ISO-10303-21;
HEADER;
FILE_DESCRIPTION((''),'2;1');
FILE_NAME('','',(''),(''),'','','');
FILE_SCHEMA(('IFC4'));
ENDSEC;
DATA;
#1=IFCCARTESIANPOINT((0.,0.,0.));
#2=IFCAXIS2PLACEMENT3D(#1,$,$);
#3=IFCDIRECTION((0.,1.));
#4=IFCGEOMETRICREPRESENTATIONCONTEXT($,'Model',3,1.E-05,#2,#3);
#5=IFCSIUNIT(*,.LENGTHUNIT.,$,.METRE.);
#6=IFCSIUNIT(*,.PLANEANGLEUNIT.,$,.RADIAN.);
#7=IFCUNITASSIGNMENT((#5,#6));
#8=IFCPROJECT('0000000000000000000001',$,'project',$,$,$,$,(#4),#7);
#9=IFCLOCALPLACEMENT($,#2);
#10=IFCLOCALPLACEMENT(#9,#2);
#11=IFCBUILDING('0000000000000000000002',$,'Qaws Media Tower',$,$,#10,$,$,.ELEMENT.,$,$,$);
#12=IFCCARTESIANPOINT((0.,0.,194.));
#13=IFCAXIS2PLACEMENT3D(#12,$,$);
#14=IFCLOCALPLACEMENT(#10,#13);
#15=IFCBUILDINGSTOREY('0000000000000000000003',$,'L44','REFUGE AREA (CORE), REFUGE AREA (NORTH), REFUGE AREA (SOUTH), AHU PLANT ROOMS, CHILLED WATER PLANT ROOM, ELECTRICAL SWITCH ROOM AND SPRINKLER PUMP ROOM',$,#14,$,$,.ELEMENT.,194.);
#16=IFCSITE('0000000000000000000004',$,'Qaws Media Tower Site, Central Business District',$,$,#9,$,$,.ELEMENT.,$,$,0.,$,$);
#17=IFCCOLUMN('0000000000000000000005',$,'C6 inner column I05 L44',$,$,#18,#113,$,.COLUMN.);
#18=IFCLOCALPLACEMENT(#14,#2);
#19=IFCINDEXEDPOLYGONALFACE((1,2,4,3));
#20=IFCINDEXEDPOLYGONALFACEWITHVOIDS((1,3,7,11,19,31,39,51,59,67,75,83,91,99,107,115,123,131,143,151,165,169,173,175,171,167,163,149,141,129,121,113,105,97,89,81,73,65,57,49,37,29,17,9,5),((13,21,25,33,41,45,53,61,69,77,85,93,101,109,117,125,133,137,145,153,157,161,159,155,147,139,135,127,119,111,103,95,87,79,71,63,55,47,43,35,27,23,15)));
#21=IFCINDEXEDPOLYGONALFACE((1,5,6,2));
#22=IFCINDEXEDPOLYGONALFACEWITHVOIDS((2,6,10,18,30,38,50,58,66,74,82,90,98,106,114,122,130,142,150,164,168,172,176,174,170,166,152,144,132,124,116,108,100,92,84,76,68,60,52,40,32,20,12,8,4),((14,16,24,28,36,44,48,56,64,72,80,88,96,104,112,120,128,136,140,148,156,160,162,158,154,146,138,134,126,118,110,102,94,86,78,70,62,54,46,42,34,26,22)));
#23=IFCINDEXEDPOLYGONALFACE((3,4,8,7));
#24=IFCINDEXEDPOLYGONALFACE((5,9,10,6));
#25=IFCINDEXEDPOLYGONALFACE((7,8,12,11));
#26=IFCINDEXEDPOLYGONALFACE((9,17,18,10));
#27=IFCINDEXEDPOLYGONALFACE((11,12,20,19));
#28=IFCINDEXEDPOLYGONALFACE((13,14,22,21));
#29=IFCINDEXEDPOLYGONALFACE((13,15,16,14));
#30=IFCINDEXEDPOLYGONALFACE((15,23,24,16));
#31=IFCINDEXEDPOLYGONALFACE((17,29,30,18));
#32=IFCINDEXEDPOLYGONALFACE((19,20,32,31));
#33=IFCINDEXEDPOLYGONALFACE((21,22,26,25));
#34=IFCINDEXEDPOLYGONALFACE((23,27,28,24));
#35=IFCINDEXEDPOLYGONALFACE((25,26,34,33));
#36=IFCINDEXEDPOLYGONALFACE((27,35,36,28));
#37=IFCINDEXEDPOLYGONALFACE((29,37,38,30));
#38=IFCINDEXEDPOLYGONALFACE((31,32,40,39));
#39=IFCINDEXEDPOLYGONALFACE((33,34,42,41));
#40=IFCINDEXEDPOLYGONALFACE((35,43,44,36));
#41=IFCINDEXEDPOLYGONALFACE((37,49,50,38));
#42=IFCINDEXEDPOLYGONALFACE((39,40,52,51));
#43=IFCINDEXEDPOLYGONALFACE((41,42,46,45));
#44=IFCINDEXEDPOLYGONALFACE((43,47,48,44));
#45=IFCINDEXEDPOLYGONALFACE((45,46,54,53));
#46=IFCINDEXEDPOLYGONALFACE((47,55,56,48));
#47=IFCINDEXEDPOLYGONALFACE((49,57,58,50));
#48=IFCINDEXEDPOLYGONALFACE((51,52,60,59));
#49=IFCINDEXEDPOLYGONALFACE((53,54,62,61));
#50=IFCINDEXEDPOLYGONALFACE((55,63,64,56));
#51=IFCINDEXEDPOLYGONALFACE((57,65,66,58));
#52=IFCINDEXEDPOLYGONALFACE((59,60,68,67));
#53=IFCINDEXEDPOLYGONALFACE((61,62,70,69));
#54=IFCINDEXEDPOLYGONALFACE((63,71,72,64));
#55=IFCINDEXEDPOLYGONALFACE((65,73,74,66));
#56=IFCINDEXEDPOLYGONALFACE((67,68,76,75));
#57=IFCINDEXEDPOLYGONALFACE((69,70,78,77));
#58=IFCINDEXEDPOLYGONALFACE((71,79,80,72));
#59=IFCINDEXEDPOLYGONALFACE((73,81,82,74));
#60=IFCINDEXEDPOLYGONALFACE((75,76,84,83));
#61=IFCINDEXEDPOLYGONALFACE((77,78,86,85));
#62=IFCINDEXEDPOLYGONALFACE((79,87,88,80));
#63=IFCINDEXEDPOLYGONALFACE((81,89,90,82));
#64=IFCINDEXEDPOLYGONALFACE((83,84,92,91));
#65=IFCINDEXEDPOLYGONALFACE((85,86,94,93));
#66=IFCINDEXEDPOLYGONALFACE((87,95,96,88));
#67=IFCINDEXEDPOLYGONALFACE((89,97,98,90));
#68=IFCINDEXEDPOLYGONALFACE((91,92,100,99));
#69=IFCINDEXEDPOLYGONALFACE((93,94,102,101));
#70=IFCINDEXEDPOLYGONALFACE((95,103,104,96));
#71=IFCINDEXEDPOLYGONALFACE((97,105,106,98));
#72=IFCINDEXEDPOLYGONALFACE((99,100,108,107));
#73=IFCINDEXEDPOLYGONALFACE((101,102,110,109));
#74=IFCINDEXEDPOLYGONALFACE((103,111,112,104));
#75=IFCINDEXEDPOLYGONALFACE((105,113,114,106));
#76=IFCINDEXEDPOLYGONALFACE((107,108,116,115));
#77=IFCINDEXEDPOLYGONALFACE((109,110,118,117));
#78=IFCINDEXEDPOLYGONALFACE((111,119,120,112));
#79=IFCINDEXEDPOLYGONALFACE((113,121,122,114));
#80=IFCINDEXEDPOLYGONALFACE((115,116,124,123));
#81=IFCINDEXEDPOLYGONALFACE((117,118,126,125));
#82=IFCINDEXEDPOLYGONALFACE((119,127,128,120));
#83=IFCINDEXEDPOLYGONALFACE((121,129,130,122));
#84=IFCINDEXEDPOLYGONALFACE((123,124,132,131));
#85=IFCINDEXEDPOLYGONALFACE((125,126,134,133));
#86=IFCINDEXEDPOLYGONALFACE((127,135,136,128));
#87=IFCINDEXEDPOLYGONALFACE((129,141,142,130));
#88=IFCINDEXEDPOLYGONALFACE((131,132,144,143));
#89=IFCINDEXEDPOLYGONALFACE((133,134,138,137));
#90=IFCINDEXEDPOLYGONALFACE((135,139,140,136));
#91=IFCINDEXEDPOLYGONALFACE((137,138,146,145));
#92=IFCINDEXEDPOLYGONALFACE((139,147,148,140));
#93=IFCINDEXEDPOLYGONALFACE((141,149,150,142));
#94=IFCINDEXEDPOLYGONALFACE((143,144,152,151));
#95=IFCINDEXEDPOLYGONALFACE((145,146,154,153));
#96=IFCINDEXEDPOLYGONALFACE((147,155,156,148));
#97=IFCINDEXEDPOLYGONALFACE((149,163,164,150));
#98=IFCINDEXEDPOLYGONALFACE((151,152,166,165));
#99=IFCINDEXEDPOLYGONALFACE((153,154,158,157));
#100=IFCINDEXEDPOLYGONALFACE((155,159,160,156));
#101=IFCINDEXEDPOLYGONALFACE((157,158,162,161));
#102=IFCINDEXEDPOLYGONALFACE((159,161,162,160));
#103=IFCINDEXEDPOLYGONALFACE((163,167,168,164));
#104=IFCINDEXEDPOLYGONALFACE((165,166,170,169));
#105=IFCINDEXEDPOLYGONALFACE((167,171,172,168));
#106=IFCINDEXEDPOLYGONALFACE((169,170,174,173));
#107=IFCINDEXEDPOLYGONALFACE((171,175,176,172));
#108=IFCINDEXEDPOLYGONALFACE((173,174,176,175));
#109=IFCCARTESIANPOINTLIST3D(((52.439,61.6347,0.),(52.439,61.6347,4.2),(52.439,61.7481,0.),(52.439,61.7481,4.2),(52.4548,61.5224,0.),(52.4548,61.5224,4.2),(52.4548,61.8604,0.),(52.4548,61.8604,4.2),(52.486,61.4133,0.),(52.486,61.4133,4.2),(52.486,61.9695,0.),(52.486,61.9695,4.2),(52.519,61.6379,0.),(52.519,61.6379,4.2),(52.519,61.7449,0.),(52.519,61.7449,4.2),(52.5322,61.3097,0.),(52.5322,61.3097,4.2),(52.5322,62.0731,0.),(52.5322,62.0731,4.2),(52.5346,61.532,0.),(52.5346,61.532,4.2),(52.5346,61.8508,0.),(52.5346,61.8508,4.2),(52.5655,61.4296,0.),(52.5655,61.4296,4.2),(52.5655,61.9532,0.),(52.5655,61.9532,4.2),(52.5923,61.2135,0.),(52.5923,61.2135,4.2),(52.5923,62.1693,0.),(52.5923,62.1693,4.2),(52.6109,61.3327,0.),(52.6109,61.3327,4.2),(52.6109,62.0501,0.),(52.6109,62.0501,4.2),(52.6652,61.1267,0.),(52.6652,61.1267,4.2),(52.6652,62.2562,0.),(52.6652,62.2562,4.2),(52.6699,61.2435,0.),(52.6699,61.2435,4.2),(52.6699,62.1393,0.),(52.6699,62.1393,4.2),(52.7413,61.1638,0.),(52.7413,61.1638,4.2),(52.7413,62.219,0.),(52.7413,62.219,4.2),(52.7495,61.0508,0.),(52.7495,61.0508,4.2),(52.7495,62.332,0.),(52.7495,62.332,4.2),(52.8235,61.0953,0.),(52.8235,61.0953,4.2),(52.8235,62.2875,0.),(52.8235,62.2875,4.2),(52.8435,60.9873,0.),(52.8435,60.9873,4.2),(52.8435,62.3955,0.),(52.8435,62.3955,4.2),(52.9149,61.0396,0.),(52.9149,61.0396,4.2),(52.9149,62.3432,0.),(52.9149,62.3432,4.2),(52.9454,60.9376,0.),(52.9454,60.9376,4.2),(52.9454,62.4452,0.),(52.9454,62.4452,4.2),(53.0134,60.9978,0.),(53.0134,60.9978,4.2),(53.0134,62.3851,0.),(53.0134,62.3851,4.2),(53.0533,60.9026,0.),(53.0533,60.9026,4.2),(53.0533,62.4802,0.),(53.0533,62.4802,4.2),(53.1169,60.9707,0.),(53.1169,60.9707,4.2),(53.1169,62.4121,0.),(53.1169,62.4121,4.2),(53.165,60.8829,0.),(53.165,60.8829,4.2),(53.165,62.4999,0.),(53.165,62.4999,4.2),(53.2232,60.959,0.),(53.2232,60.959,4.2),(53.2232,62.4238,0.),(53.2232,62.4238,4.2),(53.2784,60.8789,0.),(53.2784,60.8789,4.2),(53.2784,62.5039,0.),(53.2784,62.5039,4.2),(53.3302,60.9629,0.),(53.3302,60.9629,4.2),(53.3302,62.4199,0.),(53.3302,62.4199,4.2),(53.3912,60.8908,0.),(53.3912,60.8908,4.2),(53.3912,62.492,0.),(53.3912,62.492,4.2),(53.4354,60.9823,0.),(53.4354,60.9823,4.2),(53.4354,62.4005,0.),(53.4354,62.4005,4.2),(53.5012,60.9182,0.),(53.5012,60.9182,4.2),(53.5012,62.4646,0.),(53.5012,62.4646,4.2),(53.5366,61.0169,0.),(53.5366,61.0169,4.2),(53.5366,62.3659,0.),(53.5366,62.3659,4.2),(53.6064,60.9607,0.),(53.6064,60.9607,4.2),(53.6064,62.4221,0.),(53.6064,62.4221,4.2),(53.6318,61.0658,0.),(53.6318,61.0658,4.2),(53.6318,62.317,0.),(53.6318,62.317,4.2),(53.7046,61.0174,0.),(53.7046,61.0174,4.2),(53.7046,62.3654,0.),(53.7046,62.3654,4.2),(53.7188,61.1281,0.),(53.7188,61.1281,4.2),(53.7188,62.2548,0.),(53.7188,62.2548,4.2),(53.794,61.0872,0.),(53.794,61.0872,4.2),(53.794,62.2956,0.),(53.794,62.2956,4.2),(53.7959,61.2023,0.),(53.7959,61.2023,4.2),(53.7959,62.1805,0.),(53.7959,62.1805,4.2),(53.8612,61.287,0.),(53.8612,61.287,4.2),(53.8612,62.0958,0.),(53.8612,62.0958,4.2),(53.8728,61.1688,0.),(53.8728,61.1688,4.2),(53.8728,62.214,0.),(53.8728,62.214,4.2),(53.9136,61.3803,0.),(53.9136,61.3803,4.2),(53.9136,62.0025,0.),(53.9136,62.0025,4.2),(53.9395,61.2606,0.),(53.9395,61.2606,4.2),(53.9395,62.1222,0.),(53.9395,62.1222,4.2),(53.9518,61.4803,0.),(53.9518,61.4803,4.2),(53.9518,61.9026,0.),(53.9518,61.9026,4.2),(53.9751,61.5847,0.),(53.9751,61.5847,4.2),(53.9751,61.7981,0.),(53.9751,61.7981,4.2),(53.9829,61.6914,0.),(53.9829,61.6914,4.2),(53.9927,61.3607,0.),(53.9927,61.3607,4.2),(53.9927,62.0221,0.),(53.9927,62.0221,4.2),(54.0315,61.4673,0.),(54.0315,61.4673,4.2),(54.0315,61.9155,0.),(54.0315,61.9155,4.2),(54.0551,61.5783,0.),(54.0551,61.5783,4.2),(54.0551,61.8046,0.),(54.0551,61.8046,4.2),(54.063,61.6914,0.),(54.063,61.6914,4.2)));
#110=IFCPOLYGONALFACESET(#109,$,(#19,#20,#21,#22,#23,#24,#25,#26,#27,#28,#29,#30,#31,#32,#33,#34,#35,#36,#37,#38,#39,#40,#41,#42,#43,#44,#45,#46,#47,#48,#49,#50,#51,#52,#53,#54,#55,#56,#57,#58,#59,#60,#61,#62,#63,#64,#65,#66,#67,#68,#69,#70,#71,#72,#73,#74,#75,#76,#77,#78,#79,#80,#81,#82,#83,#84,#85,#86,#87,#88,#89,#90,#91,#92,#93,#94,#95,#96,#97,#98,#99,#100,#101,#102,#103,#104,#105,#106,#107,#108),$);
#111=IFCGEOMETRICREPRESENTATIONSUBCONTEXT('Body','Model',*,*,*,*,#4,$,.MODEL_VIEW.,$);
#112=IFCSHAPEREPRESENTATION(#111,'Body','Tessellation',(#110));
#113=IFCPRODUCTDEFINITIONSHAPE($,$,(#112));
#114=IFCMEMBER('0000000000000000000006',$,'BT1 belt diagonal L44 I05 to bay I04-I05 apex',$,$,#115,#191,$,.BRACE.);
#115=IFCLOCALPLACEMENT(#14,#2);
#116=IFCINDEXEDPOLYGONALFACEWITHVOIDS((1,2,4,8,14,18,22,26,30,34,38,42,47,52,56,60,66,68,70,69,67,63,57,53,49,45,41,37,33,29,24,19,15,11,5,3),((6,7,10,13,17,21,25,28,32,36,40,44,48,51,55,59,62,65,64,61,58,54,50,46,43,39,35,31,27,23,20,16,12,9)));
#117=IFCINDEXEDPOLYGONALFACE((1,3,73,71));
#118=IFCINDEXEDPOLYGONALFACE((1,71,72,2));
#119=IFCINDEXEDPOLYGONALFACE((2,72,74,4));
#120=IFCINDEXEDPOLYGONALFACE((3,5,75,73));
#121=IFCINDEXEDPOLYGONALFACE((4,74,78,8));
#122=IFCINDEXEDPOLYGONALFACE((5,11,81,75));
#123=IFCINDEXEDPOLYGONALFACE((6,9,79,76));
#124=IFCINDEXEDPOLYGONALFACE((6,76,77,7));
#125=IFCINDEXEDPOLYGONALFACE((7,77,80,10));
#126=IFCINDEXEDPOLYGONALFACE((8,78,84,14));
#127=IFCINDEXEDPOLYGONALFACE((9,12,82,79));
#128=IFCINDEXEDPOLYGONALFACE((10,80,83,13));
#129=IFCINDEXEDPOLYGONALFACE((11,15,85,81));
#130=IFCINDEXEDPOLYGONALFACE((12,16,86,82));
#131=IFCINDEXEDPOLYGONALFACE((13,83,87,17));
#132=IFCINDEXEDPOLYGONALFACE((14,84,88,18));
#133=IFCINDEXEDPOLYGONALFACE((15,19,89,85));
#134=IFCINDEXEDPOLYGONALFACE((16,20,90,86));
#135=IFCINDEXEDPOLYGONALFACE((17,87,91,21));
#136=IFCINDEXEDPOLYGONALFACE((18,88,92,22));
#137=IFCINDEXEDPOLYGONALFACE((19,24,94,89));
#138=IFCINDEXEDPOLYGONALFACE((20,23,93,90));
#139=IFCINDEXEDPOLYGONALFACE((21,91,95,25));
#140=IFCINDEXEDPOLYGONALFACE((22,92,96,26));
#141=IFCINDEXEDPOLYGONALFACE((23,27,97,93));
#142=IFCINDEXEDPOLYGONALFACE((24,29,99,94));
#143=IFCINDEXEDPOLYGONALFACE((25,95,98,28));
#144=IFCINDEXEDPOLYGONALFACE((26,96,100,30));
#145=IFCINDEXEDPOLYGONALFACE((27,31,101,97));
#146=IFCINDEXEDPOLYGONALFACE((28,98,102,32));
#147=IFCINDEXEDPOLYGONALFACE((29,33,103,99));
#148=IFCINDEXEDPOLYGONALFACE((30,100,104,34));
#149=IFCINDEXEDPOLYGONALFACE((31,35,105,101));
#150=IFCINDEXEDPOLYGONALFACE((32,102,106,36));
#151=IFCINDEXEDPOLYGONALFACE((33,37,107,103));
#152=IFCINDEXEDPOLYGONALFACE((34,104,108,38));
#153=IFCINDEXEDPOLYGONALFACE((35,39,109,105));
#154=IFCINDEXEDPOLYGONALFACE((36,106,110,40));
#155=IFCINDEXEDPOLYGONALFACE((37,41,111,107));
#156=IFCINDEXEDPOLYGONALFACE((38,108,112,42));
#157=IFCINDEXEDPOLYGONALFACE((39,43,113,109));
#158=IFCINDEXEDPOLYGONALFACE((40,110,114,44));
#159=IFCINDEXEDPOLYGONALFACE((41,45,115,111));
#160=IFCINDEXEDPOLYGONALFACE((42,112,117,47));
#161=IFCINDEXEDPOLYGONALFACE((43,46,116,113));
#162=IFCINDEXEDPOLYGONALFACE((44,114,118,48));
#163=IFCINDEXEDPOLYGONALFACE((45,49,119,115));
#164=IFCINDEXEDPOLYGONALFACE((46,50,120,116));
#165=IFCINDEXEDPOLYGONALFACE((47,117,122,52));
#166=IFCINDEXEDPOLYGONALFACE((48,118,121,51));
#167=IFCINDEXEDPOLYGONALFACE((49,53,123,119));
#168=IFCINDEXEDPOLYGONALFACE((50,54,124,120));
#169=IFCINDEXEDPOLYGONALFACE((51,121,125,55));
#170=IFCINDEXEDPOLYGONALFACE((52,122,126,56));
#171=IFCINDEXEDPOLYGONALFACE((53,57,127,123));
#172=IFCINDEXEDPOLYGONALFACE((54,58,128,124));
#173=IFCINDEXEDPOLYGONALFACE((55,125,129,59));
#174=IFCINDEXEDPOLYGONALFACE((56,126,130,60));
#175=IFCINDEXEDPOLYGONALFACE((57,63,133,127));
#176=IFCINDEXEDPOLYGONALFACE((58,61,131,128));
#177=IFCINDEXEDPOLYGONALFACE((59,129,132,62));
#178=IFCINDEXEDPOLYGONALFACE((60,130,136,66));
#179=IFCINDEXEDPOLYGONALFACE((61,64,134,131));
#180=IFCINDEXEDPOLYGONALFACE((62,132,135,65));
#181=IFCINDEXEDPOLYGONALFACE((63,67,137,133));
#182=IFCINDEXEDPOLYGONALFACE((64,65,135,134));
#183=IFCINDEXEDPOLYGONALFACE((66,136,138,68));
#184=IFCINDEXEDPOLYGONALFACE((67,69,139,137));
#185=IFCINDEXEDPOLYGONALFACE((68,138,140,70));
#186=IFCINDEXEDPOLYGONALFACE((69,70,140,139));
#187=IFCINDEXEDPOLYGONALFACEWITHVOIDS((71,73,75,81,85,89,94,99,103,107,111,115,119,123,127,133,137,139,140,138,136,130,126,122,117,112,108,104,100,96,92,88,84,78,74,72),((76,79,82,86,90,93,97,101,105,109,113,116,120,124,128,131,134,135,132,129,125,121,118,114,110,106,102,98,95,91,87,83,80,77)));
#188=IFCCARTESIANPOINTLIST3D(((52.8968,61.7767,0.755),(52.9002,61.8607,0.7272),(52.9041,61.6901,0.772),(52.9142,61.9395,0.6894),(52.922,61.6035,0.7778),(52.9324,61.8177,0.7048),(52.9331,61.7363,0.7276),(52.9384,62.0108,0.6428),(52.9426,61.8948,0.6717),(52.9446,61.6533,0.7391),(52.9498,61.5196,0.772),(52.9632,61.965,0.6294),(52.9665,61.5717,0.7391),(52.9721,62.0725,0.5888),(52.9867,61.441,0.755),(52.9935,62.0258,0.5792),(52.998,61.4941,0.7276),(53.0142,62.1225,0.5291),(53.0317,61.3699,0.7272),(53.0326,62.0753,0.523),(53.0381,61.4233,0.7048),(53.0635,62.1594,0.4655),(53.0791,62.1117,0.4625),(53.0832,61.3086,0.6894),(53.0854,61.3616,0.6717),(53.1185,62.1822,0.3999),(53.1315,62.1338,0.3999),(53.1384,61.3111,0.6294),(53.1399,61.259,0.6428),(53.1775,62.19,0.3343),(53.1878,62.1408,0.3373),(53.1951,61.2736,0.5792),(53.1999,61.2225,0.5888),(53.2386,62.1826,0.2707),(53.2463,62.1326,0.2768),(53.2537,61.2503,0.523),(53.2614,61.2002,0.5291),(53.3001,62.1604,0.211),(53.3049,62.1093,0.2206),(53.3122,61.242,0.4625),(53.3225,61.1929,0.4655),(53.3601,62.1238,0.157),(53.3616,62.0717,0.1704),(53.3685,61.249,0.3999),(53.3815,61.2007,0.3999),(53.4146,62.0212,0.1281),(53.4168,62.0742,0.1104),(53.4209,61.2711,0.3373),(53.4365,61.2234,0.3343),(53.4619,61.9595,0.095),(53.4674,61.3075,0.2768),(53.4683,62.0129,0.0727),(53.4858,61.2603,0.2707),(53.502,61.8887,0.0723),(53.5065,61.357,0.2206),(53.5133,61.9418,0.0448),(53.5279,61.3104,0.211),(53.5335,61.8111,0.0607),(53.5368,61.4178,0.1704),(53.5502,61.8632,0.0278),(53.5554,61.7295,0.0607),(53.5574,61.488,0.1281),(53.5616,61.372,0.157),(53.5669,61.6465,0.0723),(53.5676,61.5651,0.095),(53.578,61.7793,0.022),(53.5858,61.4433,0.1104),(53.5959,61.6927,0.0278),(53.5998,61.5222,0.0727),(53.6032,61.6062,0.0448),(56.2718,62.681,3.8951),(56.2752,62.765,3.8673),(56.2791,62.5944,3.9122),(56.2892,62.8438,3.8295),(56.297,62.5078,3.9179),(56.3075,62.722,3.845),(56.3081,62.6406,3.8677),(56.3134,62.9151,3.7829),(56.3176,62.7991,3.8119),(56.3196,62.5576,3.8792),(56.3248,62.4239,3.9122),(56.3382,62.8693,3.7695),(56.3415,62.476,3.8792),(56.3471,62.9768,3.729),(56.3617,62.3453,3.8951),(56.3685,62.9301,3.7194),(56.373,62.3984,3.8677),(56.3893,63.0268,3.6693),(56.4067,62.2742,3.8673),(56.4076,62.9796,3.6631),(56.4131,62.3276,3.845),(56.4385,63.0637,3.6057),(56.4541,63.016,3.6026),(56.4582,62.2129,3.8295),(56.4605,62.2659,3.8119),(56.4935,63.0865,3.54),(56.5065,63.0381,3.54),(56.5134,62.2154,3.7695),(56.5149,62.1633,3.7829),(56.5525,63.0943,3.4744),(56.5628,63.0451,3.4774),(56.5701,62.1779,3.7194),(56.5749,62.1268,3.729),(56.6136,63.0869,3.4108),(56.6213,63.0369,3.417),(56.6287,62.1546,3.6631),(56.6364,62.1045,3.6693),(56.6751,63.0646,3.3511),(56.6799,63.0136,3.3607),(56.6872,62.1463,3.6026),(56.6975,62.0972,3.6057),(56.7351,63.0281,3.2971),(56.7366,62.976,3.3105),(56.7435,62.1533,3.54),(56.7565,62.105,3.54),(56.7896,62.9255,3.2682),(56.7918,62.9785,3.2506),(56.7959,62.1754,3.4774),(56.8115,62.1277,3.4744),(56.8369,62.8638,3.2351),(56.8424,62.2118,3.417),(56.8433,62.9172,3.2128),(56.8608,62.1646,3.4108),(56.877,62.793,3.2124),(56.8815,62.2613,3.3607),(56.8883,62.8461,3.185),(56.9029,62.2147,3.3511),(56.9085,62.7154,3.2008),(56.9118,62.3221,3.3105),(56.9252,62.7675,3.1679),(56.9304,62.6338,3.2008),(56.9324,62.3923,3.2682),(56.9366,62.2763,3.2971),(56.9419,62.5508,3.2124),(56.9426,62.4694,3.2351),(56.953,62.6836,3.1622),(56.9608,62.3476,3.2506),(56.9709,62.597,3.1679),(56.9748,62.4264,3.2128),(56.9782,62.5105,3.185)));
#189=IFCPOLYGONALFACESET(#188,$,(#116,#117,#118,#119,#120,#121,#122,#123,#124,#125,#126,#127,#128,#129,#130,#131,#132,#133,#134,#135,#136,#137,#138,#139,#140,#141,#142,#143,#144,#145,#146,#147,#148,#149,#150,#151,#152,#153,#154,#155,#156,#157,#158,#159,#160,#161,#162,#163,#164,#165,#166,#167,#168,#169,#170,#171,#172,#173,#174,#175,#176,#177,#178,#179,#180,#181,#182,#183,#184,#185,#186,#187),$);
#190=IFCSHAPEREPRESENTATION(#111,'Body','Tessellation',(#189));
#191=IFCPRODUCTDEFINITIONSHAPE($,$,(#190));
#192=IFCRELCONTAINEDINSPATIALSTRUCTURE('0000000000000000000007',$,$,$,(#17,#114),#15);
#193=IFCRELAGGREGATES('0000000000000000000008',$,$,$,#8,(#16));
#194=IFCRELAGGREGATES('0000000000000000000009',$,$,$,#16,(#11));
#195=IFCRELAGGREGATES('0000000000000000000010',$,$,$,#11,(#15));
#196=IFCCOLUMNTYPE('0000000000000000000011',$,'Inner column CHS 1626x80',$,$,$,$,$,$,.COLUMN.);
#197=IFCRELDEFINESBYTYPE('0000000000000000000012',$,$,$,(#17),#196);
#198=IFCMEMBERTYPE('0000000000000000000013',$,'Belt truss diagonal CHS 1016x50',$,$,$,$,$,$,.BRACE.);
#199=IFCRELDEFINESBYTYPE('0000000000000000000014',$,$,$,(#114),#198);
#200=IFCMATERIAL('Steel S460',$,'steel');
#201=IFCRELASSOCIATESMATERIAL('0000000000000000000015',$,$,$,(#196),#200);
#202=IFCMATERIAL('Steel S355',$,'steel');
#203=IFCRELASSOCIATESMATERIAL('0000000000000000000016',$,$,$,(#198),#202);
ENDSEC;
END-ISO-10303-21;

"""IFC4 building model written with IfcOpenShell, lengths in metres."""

from ifc_helpers import new_model, si_unit, direction, frame, origin, origin_2d, place, context, subcontext, project, spatial, hollow_circle, extrude, material, material_profile, profile_set, type_object, element, save


model = new_model("IFC4")

# Units and contexts
model_context = context("Model", 3, precision=1e-05, world=origin(), true_north=direction((0.0, 1.0)))
body_context = subcontext(model_context, "Body", "Model", "MODEL_VIEW")
ifc_project = project(units=[si_unit("LENGTHUNIT", "METRE"), si_unit("PLANEANGLEUNIT", "RADIAN")], contexts=[model_context])

# Site, building, storey
site_placement = place(None, origin())
site = spatial("IfcSite", under=ifc_project, at=site_placement, Name="Qaws Media Tower Site, Central Business District", CompositionType="ELEMENT", RefElevation=0.0)
building_placement = place(site_placement, origin())
building = spatial("IfcBuilding", under=site, at=building_placement, Name="Qaws Media Tower", CompositionType="ELEMENT")
storey_placement = place(building_placement, frame((0.0, 0.0, 194.0)))
storey = spatial("IfcBuildingStorey", under=building, at=storey_placement, Name="L44", Description="REFUGE AREA (CORE), REFUGE AREA (NORTH), REFUGE AREA (SOUTH), AHU PLANT ROOMS, CHILLED WATER PLANT ROOM, ELECTRICAL SWITCH ROOM AND SPRINKLER PUMP ROOM", CompositionType="ELEMENT", Elevation=194.0)

# Column
ifc_material_1 = material(Name="Steel S460", Category="steel")
ifc_material_profile_1 = material_profile(ifc_material_1, hollow_circle(Radius=0.813, WallThickness=0.0801, at=origin_2d()), Name="CHS 1626x80")
ifc_profile_set_1 = profile_set([ifc_material_profile_1], Name="Steel S460")
column_type = type_object("IfcColumnType", Name="Inner column CHS 1626x80", PredefinedType="COLUMN", material=ifc_profile_set_1)
column_placement = place(storey_placement, frame((53.25, 61.6914, 0.0), z_axis=(0.0, 0.0, 1.0), x_axis=(1.0, 0.0, 0.0)))
element("IfcColumn", 1, at=column_placement, inside=storey, type_object=column_type, Name="C6 inner column I05 L44", PredefinedType="COLUMN", context=body_context, shape_type="SweptSolid", body=[
    extrude(hollow_circle(Radius=0.813, WallThickness=0.0801, at=origin_2d()), origin(), (0.0, 0.0, 1.0), 4.2),
])

# Member
ifc_material_2 = material(Name="Steel S355", Category="steel")
ifc_material_profile_2 = material_profile(ifc_material_2, hollow_circle(Radius=0.5081, WallThickness=0.05, at=origin_2d()), Name="CHS 1016x50")
ifc_profile_set_2 = profile_set([ifc_material_profile_2], Name="Steel S355")
member_type_1 = type_object("IfcMemberType", Name="Belt truss diagonal CHS 1016x50", PredefinedType="BRACE", material=ifc_profile_set_2)
for number, where, z_axis, x_axis, name in (
    (2, (53.25, 61.6914, 0.3999), (0.718429, 0.192496, 0.668434), (-0.258811, 0.965928, 0.0), "BT1 belt diagonal L44 I05 to bay I04-I05 apex"),
):
    element("IfcMember", number, at=place(storey_placement, frame(where, z_axis=z_axis, x_axis=x_axis)), inside=storey, type_object=member_type_1, Name=name, PredefinedType="BRACE", context=body_context, shape_type="SweptSolid", body=[
        extrude(hollow_circle(Radius=0.5081, WallThickness=0.05, at=origin_2d()), origin(), (0.0, 0.0, 1.0), 4.6978),
    ])

save(model, "model.ifc")
